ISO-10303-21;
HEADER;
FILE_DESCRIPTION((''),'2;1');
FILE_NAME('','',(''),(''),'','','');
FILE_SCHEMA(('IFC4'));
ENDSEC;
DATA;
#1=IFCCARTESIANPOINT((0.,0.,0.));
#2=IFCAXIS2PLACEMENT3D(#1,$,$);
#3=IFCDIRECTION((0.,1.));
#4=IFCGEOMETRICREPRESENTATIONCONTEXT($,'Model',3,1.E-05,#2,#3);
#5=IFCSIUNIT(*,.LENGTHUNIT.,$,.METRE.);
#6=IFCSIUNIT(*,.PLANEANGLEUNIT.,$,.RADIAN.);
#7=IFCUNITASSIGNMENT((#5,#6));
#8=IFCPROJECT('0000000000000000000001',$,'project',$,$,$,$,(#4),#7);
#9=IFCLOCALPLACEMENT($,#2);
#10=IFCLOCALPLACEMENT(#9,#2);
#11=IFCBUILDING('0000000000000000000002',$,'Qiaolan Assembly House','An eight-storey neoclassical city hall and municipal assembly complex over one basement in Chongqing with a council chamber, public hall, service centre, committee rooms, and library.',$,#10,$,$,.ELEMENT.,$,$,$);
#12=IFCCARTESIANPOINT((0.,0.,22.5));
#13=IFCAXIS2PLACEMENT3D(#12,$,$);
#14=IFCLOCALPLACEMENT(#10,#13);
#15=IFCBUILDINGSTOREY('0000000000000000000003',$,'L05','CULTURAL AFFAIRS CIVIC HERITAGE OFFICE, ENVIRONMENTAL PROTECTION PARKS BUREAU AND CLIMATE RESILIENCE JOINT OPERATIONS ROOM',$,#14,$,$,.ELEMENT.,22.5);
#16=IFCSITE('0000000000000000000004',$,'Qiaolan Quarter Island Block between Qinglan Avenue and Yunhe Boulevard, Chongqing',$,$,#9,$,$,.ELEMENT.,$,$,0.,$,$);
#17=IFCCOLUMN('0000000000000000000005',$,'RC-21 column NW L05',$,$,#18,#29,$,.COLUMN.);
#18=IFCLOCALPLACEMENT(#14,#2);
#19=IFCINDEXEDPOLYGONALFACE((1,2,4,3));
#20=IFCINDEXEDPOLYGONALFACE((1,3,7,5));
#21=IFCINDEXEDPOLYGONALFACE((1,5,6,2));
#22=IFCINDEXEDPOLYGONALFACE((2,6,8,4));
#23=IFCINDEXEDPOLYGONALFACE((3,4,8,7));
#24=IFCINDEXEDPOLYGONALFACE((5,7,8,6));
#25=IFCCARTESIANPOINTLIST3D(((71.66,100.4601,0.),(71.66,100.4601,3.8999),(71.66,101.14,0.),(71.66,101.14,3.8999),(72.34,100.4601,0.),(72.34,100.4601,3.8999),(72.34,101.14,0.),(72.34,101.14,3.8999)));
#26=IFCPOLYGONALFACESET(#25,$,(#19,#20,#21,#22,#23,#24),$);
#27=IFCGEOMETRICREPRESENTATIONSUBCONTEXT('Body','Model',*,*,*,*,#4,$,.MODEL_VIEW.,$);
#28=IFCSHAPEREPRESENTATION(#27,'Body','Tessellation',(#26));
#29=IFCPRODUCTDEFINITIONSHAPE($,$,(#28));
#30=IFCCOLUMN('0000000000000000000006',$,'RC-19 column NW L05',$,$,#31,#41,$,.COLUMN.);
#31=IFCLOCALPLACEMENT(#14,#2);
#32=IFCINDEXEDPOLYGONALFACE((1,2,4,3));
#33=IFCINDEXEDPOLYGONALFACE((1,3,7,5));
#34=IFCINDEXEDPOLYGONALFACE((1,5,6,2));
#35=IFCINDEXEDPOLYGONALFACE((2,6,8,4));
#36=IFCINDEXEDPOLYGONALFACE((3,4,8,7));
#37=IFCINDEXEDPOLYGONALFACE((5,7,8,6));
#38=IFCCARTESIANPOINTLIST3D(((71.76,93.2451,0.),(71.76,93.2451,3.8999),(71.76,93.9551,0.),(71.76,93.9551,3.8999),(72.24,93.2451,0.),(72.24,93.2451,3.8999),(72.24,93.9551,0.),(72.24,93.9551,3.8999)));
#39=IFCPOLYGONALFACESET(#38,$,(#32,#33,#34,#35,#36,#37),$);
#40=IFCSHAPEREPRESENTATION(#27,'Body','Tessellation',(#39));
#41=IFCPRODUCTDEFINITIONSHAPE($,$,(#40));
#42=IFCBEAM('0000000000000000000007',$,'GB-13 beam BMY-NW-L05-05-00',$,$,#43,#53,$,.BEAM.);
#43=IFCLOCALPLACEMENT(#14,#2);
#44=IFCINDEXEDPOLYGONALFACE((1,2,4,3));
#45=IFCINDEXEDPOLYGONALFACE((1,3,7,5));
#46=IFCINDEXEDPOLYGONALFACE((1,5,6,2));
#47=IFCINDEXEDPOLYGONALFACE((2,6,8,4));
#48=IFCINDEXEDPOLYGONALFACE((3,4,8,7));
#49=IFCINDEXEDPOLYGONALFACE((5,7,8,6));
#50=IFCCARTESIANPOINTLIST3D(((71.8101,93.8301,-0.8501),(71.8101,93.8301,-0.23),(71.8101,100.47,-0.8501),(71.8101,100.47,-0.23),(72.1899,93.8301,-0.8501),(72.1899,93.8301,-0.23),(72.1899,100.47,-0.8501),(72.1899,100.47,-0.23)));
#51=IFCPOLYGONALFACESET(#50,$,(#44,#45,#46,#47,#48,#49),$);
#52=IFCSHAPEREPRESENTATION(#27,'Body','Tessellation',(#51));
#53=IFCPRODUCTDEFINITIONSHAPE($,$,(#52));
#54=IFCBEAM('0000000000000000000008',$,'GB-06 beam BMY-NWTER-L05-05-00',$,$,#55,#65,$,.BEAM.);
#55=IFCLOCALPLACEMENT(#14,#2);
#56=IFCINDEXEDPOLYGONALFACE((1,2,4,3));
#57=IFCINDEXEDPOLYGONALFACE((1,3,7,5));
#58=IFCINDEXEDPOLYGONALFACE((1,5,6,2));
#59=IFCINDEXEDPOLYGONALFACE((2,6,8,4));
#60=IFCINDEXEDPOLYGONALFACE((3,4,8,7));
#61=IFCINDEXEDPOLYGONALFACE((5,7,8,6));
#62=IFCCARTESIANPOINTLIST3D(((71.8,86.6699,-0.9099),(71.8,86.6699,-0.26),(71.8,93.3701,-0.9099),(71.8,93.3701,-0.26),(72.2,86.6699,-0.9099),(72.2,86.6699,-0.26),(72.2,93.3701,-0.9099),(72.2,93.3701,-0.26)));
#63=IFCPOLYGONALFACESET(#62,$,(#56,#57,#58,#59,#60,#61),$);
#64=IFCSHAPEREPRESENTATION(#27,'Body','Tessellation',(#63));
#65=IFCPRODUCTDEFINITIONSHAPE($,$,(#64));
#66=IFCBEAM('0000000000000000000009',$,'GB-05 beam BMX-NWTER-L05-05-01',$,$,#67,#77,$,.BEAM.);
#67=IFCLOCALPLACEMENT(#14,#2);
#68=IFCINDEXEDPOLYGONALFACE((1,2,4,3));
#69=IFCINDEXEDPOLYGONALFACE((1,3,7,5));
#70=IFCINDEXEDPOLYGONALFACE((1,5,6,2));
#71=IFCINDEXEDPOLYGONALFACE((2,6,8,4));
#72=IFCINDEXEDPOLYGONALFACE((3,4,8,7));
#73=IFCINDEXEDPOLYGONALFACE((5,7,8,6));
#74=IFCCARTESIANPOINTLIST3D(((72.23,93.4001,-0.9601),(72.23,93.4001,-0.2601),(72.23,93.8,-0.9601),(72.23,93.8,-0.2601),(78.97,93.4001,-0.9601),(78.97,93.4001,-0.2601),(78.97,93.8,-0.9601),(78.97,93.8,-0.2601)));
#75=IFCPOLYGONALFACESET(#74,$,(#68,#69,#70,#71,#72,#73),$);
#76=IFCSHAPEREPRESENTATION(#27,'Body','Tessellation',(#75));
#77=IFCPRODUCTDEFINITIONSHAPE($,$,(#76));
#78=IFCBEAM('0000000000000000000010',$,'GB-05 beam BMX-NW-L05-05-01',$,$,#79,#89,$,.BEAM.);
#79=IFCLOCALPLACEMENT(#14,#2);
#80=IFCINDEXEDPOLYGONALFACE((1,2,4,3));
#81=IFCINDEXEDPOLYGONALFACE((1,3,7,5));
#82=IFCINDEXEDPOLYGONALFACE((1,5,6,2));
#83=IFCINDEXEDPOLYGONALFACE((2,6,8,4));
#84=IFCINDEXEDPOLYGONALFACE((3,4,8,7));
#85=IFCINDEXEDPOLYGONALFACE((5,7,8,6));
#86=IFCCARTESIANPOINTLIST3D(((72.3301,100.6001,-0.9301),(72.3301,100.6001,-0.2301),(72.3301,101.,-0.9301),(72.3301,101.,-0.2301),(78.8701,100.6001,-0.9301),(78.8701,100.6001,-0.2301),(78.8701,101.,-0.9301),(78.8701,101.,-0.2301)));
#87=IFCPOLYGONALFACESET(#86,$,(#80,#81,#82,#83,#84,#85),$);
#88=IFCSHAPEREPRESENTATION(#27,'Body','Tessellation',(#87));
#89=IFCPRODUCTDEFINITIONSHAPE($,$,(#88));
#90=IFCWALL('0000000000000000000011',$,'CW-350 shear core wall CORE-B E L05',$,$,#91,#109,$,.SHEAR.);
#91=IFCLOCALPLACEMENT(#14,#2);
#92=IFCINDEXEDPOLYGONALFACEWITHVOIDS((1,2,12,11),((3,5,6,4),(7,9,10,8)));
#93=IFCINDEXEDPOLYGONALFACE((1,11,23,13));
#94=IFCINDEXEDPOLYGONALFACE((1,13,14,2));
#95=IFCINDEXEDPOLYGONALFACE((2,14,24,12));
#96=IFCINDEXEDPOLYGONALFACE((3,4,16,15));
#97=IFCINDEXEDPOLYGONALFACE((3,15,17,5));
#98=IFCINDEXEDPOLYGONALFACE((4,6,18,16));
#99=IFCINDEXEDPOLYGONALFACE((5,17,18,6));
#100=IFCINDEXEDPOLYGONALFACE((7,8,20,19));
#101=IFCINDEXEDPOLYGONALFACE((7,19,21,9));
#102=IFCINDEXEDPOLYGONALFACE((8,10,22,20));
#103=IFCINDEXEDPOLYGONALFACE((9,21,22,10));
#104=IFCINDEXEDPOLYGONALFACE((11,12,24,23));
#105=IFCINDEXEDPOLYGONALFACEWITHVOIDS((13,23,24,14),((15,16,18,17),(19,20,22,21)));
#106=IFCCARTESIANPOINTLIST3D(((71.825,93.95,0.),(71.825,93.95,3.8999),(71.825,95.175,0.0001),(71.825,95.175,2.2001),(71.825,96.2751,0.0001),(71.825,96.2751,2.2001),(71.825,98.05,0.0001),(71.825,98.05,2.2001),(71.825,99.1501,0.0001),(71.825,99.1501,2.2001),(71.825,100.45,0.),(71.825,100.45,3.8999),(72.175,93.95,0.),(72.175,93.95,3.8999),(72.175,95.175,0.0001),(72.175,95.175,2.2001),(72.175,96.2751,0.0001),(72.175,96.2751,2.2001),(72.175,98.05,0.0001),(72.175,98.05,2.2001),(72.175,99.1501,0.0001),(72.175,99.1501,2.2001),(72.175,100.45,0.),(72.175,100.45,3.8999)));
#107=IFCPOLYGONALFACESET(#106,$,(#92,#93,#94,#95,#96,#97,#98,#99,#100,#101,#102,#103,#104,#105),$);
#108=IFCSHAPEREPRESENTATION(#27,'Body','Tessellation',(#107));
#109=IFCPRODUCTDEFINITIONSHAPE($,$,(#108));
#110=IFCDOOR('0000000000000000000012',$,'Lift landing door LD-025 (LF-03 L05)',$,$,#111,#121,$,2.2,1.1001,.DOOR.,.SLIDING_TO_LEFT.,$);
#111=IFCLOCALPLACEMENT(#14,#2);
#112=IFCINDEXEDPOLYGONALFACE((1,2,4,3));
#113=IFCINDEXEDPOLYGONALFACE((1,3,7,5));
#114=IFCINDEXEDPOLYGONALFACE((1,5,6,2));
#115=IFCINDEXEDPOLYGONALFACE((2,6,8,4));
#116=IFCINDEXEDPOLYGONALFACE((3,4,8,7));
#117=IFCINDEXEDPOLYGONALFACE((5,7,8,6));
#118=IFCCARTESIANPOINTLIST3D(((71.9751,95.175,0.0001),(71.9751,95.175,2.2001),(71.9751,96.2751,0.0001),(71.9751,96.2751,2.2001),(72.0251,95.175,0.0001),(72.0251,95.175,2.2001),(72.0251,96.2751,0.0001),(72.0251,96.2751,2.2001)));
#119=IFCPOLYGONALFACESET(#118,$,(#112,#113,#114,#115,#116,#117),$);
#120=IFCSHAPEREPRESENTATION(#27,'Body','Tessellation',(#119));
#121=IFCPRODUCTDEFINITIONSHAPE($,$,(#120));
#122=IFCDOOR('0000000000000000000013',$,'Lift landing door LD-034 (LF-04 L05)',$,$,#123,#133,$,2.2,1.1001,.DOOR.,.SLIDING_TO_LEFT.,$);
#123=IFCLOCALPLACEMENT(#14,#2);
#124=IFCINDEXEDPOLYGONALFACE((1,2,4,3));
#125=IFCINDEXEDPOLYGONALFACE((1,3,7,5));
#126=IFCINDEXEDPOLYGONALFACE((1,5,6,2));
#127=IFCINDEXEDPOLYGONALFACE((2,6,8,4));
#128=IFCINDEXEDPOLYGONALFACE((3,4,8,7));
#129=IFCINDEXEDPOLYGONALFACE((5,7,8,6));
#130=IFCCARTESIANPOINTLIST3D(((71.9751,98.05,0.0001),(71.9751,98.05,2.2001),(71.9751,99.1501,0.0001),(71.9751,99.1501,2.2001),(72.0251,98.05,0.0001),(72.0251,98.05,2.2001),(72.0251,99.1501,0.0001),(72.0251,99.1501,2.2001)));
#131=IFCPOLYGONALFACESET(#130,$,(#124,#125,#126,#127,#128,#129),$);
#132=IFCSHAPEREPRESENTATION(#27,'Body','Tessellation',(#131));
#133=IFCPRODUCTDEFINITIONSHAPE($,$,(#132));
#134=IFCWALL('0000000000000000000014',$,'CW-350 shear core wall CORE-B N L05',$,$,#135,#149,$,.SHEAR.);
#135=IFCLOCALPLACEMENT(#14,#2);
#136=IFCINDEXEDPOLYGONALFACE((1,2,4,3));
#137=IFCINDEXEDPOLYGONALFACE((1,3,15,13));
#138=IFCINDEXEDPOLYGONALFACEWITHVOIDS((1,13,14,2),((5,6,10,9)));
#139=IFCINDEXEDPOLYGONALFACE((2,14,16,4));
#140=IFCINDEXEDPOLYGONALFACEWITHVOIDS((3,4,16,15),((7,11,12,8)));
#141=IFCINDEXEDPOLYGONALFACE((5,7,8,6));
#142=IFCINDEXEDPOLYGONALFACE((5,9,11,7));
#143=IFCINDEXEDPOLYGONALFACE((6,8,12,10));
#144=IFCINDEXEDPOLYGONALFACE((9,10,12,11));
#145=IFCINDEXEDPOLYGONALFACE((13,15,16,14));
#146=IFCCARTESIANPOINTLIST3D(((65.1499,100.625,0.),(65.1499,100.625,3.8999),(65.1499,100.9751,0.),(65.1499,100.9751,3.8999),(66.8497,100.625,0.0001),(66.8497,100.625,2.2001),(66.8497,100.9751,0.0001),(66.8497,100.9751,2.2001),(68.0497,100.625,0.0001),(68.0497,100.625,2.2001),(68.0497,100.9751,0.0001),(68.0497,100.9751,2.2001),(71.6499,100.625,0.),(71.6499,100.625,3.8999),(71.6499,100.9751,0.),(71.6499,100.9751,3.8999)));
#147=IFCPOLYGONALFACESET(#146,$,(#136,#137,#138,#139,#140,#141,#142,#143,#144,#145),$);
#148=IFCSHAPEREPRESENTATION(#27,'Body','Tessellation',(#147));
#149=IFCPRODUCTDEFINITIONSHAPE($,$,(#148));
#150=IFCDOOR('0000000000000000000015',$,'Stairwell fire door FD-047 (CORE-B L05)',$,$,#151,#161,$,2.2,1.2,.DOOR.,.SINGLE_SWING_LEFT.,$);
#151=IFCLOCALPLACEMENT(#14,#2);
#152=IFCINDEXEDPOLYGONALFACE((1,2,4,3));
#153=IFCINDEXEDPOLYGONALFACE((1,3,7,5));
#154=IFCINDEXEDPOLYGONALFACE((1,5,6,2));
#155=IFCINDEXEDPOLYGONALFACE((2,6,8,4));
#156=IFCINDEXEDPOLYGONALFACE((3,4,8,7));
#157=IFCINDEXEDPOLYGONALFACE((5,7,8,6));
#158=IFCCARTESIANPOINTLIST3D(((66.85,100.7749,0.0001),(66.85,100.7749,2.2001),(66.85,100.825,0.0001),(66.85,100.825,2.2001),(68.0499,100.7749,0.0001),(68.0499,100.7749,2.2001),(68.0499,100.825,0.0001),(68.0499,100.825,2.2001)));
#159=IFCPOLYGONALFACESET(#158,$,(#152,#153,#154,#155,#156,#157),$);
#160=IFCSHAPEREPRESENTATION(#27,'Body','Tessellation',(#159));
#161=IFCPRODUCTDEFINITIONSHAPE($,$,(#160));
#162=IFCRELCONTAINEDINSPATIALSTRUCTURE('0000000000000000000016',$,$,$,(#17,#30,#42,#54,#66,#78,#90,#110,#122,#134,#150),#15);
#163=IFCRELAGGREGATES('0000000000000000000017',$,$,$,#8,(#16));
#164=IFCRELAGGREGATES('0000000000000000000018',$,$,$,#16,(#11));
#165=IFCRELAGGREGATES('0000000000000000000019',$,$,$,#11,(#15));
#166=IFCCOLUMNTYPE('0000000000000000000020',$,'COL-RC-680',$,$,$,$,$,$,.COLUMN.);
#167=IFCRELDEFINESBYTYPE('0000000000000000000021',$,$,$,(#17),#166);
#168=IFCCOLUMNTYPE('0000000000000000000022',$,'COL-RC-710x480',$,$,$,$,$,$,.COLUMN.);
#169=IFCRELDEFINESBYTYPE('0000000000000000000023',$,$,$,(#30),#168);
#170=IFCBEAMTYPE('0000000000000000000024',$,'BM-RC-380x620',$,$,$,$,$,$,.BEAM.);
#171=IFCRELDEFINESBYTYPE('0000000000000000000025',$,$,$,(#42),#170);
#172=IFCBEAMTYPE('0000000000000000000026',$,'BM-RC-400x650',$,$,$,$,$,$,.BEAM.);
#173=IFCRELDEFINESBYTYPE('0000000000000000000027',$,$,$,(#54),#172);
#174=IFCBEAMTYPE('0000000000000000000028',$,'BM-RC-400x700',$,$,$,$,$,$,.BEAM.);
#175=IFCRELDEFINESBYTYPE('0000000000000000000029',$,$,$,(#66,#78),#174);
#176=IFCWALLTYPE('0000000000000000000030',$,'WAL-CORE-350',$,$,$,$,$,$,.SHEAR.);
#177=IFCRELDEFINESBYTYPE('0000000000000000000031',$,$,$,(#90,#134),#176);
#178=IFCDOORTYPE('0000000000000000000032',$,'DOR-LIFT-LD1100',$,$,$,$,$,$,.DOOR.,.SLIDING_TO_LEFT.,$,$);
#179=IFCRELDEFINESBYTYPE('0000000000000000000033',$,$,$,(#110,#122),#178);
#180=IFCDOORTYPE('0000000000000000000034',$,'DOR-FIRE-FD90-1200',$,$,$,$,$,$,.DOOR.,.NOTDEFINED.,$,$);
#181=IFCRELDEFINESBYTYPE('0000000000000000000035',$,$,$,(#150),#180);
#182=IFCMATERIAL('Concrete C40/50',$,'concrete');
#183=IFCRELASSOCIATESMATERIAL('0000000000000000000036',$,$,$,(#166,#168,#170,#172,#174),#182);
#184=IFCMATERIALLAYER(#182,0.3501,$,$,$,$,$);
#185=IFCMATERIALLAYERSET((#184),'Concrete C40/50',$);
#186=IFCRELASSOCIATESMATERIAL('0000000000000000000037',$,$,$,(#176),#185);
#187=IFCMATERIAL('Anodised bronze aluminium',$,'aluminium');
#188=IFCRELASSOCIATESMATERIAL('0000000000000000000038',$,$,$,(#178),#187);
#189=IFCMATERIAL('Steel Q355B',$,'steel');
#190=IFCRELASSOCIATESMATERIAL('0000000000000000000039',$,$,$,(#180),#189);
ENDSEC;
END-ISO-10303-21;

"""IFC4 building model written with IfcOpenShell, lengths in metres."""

from ifc_helpers import new_model, si_unit, direction, frame, frame_2d, origin, origin_2d, place, context, subcontext, project, spatial, rectangle, extrude, material, layer, layer_set, material_profile, profile_set, type_object, element, fill, save


model = new_model("IFC4")

# Units and contexts
model_context = context("Model", 3, precision=1e-05, world=origin(), true_north=direction((0.0, 1.0)))
body_context = subcontext(model_context, "Body", "Model", "MODEL_VIEW")
ifc_project = project(units=[si_unit("LENGTHUNIT", "METRE"), si_unit("PLANEANGLEUNIT", "RADIAN")], contexts=[model_context])

# Site, building, storey
site_placement = place(None, origin())
site = spatial("IfcSite", under=ifc_project, at=site_placement, Name="Qiaolan Quarter Island Block between Qinglan Avenue and Yunhe Boulevard, Chongqing", CompositionType="ELEMENT", RefElevation=0.0)
building_placement = place(site_placement, origin())
building = spatial("IfcBuilding", under=site, at=building_placement, Name="Qiaolan Assembly House", Description="An eight-storey neoclassical city hall and municipal assembly complex over one basement in Chongqing with a council chamber, public hall, service centre, committee rooms, and library.", CompositionType="ELEMENT")
storey_placement = place(building_placement, frame((0.0, 0.0, 22.5)))
storey = spatial("IfcBuildingStorey", under=building, at=storey_placement, Name="L05", Description="CULTURAL AFFAIRS CIVIC HERITAGE OFFICE, ENVIRONMENTAL PROTECTION PARKS BUREAU AND CLIMATE RESILIENCE JOINT OPERATIONS ROOM", CompositionType="ELEMENT", Elevation=22.5)

# Columns
ifc_material_1 = material(Name="Concrete C40/50", Category="concrete")
ifc_material_profile_1 = material_profile(ifc_material_1, rectangle(XDim=0.6799, YDim=0.6799, at=origin_2d()), Name="RC 680x680")
ifc_profile_set_1 = profile_set([ifc_material_profile_1], Name="Concrete C40/50")
column_type_1 = type_object("IfcColumnType", Name="COL-RC-680", PredefinedType="COLUMN", material=ifc_profile_set_1)
column_1_placement = place(storey_placement, frame((72.0, 100.8, 0.0), z_axis=(0.0, 0.0, 1.0), x_axis=(1.0, 0.0, 0.0)))
element("IfcColumn", 1, at=column_1_placement, inside=storey, type_object=column_type_1, Name="RC-21 column NW L05", PredefinedType="COLUMN", context=body_context, shape_type="SweptSolid", body=[
    extrude(rectangle(XDim=0.6799, YDim=0.6799, at=origin_2d()), origin(), (0.0, 0.0, 1.0), 3.8999),
])
ifc_material_profile_2 = material_profile(ifc_material_1, rectangle(XDim=0.48, YDim=0.71, at=origin_2d()), Name="RC 710x480")
ifc_profile_set_2 = profile_set([ifc_material_profile_2], Name="Concrete C40/50")
column_type_2 = type_object("IfcColumnType", Name="COL-RC-710x480", PredefinedType="COLUMN", material=ifc_profile_set_2)
column_2_placement = place(storey_placement, frame((72.0, 93.6001, 0.0), z_axis=(0.0, 0.0, 1.0), x_axis=(1.0, 0.0, 0.0)))
element("IfcColumn", 2, at=column_2_placement, inside=storey, type_object=column_type_2, Name="RC-19 column NW L05", PredefinedType="COLUMN", context=body_context, shape_type="SweptSolid", body=[
    extrude(rectangle(XDim=0.48, YDim=0.71, at=origin_2d()), origin(), (0.0, 0.0, 1.0), 3.8999),
])

# Beams
ifc_material_profile_3 = material_profile(ifc_material_1, rectangle(XDim=0.3799, YDim=0.6201, at=origin_2d()), Name="RCB 380x620")
ifc_profile_set_3 = profile_set([ifc_material_profile_3], Name="Concrete C40/50")
beam_type_1 = type_object("IfcBeamType", Name="BM-RC-380x620", PredefinedType="BEAM", material=ifc_profile_set_3)
beam_1_placement = place(storey_placement, frame((72.0, 93.8301, -0.54), z_axis=(0.0, 1.0, 0.0), x_axis=(-1.0, 0.0, 0.0)))
element("IfcBeam", 3, at=beam_1_placement, inside=storey, type_object=beam_type_1, Name="GB-13 beam BMY-NW-L05-05-00", PredefinedType="BEAM", context=body_context, shape_type="SweptSolid", body=[
    extrude(rectangle(XDim=0.3799, YDim=0.6201, at=origin_2d()), origin(), (0.0, 0.0, 1.0), 6.6399),
])
ifc_material_profile_4 = material_profile(ifc_material_1, rectangle(XDim=0.3999, YDim=0.6499, at=origin_2d()), Name="RCB 400x650")
ifc_profile_set_4 = profile_set([ifc_material_profile_4], Name="Concrete C40/50")
beam_type_2 = type_object("IfcBeamType", Name="BM-RC-400x650", PredefinedType="BEAM", material=ifc_profile_set_4)
beam_2_placement = place(storey_placement, frame((72.0, 86.6699, -0.585), z_axis=(0.0, 1.0, 0.0), x_axis=(-1.0, 0.0, 0.0)))
element("IfcBeam", 4, at=beam_2_placement, inside=storey, type_object=beam_type_2, Name="GB-06 beam BMY-NWTER-L05-05-00", PredefinedType="BEAM", context=body_context, shape_type="SweptSolid", body=[
    extrude(rectangle(XDim=0.3999, YDim=0.6499, at=origin_2d()), origin(), (0.0, 0.0, 1.0), 6.7002),
])
ifc_material_profile_5 = material_profile(ifc_material_1, rectangle(XDim=0.3999, YDim=0.7, at=origin_2d()), Name="RCB 400x700")
ifc_profile_set_5 = profile_set([ifc_material_profile_5], Name="Concrete C40/50")
beam_type_3 = type_object("IfcBeamType", Name="BM-RC-400x700", PredefinedType="BEAM", material=ifc_profile_set_5)
beam_3_placement = place(storey_placement, frame((72.23, 93.6001, -0.6101), z_axis=(1.0, 0.0, 0.0), x_axis=(0.0, 1.0, 0.0)))
element("IfcBeam", 5, at=beam_3_placement, inside=storey, type_object=beam_type_3, Name="GB-05 beam BMX-NWTER-L05-05-01", PredefinedType="BEAM", context=body_context, shape_type="SweptSolid", body=[
    extrude(rectangle(XDim=0.3999, YDim=0.7, at=origin_2d()), origin(), (0.0, 0.0, 1.0), 6.74),
])
beam_4_placement = place(storey_placement, frame((72.3301, 100.8, -0.5801), z_axis=(1.0, 0.0, 0.0), x_axis=(0.0, 1.0, 0.0)))
element("IfcBeam", 6, at=beam_4_placement, inside=storey, type_object=beam_type_3, Name="GB-05 beam BMX-NW-L05-05-01", PredefinedType="BEAM", context=body_context, shape_type="SweptSolid", body=[
    extrude(rectangle(XDim=0.3999, YDim=0.7, at=origin_2d()), origin(), (0.0, 0.0, 1.0), 6.54),
])

# Wall, openings, doors
ifc_layer_1 = layer(ifc_material_1, 0.3501)
ifc_layer_set_1 = layer_set([ifc_layer_1], Name="Concrete C40/50")
wall_type_1 = type_object("IfcWallType", Name="WAL-CORE-350", PredefinedType="SHEAR", material=ifc_layer_set_1)
wall_1_placement = place(storey_placement, frame((72.0, 93.95, 0.0), z_axis=(0.0, 0.0, 1.0), x_axis=(0.0, 1.0, 0.0)))
wall_1 = element("IfcWall", 7, at=wall_1_placement, inside=storey, type_object=wall_type_1, Name="CW-350 shear core wall CORE-B E L05", PredefinedType="SHEAR", context=body_context, shape_type="SweptSolid", body=[
    extrude(rectangle(XDim=6.5, YDim=0.3501, at=frame_2d((3.25, 0.0))), origin(), (0.0, 0.0, 1.0), 3.8999),
])
opening_1_placement = place(wall_1_placement, frame((1.2251, 0.0, 0.0)))
opening_1 = element("IfcOpeningElement", 8, at=opening_1_placement, cuts=wall_1, PredefinedType="OPENING", context=body_context, shape_type="SweptSolid", body=[
    extrude(rectangle(XDim=1.1001, YDim=2.2, at=frame_2d((0.55, 1.1001))), frame((0.0, 0.1851, 0.0), z_axis=(0.0, -1.0, 0.0), x_axis=(1.0, 0.0, 0.0)), (0.0, 0.0, 1.0), 0.3701),
])
opening_2_placement = place(wall_1_placement, frame((4.1001, 0.0, 0.0)))
opening_2 = element("IfcOpeningElement", 9, at=opening_2_placement, cuts=wall_1, PredefinedType="OPENING", context=body_context, shape_type="SweptSolid", body=[
    extrude(rectangle(XDim=1.1001, YDim=2.2, at=frame_2d((0.55, 1.1001))), frame((0.0, 0.1851, 0.0), z_axis=(0.0, -1.0, 0.0), x_axis=(1.0, 0.0, 0.0)), (0.0, 0.0, 1.0), 0.3701),
])
ifc_material_2 = material(Name="Anodised bronze aluminium", Category="aluminium")
door_type_1 = type_object("IfcDoorType", Name="DOR-LIFT-LD1100", OperationType="SLIDING_TO_LEFT", PredefinedType="DOOR", material=ifc_material_2)
door_1_placement = place(opening_1_placement, origin())
door_1 = element("IfcDoor", 10, at=door_1_placement, inside=storey, type_object=door_type_1, Name="Lift landing door LD-025 (LF-03 L05)", OperationType="SLIDING_TO_LEFT", OverallHeight=2.2, OverallWidth=1.1001, PredefinedType="DOOR", context=body_context, shape_type="SweptSolid", body=[
    extrude(rectangle(XDim=1.1001, YDim=2.2, at=frame_2d((0.55, 1.1001))), frame((0.0, 0.0249, 0.0), z_axis=(0.0, -1.0, 0.0), x_axis=(1.0, 0.0, 0.0)), (0.0, 0.0, 1.0), 0.05),
])
fill(opening_1, door_1)
door_2_placement = place(opening_2_placement, origin())
door_2 = element("IfcDoor", 11, at=door_2_placement, inside=storey, type_object=door_type_1, Name="Lift landing door LD-034 (LF-04 L05)", OperationType="SLIDING_TO_LEFT", OverallHeight=2.2, OverallWidth=1.1001, PredefinedType="DOOR", context=body_context, shape_type="SweptSolid", body=[
    extrude(rectangle(XDim=1.1001, YDim=2.2, at=frame_2d((0.55, 1.1001))), frame((0.0, 0.0249, 0.0), z_axis=(0.0, -1.0, 0.0), x_axis=(1.0, 0.0, 0.0)), (0.0, 0.0, 1.0), 0.05),
])
fill(opening_2, door_2)

# Wall, opening, door
wall_2_placement = place(storey_placement, frame((71.6499, 100.8, 0.0), z_axis=(0.0, 0.0, 1.0), x_axis=(-1.0, 0.0, 0.0)))
wall_2 = element("IfcWall", 12, at=wall_2_placement, inside=storey, type_object=wall_type_1, Name="CW-350 shear core wall CORE-B N L05", PredefinedType="SHEAR", context=body_context, shape_type="SweptSolid", body=[
    extrude(rectangle(XDim=6.5, YDim=0.3501, at=frame_2d((3.25, 0.0))), origin(), (0.0, 0.0, 1.0), 3.8999),
])
opening_3_placement = place(wall_2_placement, frame((3.6001, 0.0, 0.0)))
opening_3 = element("IfcOpeningElement", 13, at=opening_3_placement, cuts=wall_2, PredefinedType="OPENING", context=body_context, shape_type="SweptSolid", body=[
    extrude(rectangle(XDim=1.2, YDim=2.2, at=frame_2d((0.6001, 1.1001))), frame((0.0, 0.1851, 0.0), z_axis=(0.0, -1.0, 0.0), x_axis=(1.0, 0.0, 0.0)), (0.0, 0.0, 1.0), 0.3701),
])
ifc_material_3 = material(Name="Steel Q355B", Category="steel")
door_type_2 = type_object("IfcDoorType", Name="DOR-FIRE-FD90-1200", OperationType="NOTDEFINED", PredefinedType="DOOR", material=ifc_material_3)
door_3_placement = place(opening_3_placement, frame((1.2, 0.0, 0.0), z_axis=(0.0, 0.0, 1.0), x_axis=(-1.0, 0.0, 0.0)))
door_3 = element("IfcDoor", 14, at=door_3_placement, inside=storey, type_object=door_type_2, Name="Stairwell fire door FD-047 (CORE-B L05)", OperationType="SINGLE_SWING_LEFT", OverallHeight=2.2, OverallWidth=1.2, PredefinedType="DOOR", context=body_context, shape_type="SweptSolid", body=[
    extrude(rectangle(XDim=1.2, YDim=2.2, at=frame_2d((0.6001, 1.1001))), frame((0.0, 0.0249, 0.0), z_axis=(0.0, -1.0, 0.0), x_axis=(1.0, 0.0, 0.0)), (0.0, 0.0, 1.0), 0.05),
])
fill(opening_3, door_3)

save(model, "model.ifc")
